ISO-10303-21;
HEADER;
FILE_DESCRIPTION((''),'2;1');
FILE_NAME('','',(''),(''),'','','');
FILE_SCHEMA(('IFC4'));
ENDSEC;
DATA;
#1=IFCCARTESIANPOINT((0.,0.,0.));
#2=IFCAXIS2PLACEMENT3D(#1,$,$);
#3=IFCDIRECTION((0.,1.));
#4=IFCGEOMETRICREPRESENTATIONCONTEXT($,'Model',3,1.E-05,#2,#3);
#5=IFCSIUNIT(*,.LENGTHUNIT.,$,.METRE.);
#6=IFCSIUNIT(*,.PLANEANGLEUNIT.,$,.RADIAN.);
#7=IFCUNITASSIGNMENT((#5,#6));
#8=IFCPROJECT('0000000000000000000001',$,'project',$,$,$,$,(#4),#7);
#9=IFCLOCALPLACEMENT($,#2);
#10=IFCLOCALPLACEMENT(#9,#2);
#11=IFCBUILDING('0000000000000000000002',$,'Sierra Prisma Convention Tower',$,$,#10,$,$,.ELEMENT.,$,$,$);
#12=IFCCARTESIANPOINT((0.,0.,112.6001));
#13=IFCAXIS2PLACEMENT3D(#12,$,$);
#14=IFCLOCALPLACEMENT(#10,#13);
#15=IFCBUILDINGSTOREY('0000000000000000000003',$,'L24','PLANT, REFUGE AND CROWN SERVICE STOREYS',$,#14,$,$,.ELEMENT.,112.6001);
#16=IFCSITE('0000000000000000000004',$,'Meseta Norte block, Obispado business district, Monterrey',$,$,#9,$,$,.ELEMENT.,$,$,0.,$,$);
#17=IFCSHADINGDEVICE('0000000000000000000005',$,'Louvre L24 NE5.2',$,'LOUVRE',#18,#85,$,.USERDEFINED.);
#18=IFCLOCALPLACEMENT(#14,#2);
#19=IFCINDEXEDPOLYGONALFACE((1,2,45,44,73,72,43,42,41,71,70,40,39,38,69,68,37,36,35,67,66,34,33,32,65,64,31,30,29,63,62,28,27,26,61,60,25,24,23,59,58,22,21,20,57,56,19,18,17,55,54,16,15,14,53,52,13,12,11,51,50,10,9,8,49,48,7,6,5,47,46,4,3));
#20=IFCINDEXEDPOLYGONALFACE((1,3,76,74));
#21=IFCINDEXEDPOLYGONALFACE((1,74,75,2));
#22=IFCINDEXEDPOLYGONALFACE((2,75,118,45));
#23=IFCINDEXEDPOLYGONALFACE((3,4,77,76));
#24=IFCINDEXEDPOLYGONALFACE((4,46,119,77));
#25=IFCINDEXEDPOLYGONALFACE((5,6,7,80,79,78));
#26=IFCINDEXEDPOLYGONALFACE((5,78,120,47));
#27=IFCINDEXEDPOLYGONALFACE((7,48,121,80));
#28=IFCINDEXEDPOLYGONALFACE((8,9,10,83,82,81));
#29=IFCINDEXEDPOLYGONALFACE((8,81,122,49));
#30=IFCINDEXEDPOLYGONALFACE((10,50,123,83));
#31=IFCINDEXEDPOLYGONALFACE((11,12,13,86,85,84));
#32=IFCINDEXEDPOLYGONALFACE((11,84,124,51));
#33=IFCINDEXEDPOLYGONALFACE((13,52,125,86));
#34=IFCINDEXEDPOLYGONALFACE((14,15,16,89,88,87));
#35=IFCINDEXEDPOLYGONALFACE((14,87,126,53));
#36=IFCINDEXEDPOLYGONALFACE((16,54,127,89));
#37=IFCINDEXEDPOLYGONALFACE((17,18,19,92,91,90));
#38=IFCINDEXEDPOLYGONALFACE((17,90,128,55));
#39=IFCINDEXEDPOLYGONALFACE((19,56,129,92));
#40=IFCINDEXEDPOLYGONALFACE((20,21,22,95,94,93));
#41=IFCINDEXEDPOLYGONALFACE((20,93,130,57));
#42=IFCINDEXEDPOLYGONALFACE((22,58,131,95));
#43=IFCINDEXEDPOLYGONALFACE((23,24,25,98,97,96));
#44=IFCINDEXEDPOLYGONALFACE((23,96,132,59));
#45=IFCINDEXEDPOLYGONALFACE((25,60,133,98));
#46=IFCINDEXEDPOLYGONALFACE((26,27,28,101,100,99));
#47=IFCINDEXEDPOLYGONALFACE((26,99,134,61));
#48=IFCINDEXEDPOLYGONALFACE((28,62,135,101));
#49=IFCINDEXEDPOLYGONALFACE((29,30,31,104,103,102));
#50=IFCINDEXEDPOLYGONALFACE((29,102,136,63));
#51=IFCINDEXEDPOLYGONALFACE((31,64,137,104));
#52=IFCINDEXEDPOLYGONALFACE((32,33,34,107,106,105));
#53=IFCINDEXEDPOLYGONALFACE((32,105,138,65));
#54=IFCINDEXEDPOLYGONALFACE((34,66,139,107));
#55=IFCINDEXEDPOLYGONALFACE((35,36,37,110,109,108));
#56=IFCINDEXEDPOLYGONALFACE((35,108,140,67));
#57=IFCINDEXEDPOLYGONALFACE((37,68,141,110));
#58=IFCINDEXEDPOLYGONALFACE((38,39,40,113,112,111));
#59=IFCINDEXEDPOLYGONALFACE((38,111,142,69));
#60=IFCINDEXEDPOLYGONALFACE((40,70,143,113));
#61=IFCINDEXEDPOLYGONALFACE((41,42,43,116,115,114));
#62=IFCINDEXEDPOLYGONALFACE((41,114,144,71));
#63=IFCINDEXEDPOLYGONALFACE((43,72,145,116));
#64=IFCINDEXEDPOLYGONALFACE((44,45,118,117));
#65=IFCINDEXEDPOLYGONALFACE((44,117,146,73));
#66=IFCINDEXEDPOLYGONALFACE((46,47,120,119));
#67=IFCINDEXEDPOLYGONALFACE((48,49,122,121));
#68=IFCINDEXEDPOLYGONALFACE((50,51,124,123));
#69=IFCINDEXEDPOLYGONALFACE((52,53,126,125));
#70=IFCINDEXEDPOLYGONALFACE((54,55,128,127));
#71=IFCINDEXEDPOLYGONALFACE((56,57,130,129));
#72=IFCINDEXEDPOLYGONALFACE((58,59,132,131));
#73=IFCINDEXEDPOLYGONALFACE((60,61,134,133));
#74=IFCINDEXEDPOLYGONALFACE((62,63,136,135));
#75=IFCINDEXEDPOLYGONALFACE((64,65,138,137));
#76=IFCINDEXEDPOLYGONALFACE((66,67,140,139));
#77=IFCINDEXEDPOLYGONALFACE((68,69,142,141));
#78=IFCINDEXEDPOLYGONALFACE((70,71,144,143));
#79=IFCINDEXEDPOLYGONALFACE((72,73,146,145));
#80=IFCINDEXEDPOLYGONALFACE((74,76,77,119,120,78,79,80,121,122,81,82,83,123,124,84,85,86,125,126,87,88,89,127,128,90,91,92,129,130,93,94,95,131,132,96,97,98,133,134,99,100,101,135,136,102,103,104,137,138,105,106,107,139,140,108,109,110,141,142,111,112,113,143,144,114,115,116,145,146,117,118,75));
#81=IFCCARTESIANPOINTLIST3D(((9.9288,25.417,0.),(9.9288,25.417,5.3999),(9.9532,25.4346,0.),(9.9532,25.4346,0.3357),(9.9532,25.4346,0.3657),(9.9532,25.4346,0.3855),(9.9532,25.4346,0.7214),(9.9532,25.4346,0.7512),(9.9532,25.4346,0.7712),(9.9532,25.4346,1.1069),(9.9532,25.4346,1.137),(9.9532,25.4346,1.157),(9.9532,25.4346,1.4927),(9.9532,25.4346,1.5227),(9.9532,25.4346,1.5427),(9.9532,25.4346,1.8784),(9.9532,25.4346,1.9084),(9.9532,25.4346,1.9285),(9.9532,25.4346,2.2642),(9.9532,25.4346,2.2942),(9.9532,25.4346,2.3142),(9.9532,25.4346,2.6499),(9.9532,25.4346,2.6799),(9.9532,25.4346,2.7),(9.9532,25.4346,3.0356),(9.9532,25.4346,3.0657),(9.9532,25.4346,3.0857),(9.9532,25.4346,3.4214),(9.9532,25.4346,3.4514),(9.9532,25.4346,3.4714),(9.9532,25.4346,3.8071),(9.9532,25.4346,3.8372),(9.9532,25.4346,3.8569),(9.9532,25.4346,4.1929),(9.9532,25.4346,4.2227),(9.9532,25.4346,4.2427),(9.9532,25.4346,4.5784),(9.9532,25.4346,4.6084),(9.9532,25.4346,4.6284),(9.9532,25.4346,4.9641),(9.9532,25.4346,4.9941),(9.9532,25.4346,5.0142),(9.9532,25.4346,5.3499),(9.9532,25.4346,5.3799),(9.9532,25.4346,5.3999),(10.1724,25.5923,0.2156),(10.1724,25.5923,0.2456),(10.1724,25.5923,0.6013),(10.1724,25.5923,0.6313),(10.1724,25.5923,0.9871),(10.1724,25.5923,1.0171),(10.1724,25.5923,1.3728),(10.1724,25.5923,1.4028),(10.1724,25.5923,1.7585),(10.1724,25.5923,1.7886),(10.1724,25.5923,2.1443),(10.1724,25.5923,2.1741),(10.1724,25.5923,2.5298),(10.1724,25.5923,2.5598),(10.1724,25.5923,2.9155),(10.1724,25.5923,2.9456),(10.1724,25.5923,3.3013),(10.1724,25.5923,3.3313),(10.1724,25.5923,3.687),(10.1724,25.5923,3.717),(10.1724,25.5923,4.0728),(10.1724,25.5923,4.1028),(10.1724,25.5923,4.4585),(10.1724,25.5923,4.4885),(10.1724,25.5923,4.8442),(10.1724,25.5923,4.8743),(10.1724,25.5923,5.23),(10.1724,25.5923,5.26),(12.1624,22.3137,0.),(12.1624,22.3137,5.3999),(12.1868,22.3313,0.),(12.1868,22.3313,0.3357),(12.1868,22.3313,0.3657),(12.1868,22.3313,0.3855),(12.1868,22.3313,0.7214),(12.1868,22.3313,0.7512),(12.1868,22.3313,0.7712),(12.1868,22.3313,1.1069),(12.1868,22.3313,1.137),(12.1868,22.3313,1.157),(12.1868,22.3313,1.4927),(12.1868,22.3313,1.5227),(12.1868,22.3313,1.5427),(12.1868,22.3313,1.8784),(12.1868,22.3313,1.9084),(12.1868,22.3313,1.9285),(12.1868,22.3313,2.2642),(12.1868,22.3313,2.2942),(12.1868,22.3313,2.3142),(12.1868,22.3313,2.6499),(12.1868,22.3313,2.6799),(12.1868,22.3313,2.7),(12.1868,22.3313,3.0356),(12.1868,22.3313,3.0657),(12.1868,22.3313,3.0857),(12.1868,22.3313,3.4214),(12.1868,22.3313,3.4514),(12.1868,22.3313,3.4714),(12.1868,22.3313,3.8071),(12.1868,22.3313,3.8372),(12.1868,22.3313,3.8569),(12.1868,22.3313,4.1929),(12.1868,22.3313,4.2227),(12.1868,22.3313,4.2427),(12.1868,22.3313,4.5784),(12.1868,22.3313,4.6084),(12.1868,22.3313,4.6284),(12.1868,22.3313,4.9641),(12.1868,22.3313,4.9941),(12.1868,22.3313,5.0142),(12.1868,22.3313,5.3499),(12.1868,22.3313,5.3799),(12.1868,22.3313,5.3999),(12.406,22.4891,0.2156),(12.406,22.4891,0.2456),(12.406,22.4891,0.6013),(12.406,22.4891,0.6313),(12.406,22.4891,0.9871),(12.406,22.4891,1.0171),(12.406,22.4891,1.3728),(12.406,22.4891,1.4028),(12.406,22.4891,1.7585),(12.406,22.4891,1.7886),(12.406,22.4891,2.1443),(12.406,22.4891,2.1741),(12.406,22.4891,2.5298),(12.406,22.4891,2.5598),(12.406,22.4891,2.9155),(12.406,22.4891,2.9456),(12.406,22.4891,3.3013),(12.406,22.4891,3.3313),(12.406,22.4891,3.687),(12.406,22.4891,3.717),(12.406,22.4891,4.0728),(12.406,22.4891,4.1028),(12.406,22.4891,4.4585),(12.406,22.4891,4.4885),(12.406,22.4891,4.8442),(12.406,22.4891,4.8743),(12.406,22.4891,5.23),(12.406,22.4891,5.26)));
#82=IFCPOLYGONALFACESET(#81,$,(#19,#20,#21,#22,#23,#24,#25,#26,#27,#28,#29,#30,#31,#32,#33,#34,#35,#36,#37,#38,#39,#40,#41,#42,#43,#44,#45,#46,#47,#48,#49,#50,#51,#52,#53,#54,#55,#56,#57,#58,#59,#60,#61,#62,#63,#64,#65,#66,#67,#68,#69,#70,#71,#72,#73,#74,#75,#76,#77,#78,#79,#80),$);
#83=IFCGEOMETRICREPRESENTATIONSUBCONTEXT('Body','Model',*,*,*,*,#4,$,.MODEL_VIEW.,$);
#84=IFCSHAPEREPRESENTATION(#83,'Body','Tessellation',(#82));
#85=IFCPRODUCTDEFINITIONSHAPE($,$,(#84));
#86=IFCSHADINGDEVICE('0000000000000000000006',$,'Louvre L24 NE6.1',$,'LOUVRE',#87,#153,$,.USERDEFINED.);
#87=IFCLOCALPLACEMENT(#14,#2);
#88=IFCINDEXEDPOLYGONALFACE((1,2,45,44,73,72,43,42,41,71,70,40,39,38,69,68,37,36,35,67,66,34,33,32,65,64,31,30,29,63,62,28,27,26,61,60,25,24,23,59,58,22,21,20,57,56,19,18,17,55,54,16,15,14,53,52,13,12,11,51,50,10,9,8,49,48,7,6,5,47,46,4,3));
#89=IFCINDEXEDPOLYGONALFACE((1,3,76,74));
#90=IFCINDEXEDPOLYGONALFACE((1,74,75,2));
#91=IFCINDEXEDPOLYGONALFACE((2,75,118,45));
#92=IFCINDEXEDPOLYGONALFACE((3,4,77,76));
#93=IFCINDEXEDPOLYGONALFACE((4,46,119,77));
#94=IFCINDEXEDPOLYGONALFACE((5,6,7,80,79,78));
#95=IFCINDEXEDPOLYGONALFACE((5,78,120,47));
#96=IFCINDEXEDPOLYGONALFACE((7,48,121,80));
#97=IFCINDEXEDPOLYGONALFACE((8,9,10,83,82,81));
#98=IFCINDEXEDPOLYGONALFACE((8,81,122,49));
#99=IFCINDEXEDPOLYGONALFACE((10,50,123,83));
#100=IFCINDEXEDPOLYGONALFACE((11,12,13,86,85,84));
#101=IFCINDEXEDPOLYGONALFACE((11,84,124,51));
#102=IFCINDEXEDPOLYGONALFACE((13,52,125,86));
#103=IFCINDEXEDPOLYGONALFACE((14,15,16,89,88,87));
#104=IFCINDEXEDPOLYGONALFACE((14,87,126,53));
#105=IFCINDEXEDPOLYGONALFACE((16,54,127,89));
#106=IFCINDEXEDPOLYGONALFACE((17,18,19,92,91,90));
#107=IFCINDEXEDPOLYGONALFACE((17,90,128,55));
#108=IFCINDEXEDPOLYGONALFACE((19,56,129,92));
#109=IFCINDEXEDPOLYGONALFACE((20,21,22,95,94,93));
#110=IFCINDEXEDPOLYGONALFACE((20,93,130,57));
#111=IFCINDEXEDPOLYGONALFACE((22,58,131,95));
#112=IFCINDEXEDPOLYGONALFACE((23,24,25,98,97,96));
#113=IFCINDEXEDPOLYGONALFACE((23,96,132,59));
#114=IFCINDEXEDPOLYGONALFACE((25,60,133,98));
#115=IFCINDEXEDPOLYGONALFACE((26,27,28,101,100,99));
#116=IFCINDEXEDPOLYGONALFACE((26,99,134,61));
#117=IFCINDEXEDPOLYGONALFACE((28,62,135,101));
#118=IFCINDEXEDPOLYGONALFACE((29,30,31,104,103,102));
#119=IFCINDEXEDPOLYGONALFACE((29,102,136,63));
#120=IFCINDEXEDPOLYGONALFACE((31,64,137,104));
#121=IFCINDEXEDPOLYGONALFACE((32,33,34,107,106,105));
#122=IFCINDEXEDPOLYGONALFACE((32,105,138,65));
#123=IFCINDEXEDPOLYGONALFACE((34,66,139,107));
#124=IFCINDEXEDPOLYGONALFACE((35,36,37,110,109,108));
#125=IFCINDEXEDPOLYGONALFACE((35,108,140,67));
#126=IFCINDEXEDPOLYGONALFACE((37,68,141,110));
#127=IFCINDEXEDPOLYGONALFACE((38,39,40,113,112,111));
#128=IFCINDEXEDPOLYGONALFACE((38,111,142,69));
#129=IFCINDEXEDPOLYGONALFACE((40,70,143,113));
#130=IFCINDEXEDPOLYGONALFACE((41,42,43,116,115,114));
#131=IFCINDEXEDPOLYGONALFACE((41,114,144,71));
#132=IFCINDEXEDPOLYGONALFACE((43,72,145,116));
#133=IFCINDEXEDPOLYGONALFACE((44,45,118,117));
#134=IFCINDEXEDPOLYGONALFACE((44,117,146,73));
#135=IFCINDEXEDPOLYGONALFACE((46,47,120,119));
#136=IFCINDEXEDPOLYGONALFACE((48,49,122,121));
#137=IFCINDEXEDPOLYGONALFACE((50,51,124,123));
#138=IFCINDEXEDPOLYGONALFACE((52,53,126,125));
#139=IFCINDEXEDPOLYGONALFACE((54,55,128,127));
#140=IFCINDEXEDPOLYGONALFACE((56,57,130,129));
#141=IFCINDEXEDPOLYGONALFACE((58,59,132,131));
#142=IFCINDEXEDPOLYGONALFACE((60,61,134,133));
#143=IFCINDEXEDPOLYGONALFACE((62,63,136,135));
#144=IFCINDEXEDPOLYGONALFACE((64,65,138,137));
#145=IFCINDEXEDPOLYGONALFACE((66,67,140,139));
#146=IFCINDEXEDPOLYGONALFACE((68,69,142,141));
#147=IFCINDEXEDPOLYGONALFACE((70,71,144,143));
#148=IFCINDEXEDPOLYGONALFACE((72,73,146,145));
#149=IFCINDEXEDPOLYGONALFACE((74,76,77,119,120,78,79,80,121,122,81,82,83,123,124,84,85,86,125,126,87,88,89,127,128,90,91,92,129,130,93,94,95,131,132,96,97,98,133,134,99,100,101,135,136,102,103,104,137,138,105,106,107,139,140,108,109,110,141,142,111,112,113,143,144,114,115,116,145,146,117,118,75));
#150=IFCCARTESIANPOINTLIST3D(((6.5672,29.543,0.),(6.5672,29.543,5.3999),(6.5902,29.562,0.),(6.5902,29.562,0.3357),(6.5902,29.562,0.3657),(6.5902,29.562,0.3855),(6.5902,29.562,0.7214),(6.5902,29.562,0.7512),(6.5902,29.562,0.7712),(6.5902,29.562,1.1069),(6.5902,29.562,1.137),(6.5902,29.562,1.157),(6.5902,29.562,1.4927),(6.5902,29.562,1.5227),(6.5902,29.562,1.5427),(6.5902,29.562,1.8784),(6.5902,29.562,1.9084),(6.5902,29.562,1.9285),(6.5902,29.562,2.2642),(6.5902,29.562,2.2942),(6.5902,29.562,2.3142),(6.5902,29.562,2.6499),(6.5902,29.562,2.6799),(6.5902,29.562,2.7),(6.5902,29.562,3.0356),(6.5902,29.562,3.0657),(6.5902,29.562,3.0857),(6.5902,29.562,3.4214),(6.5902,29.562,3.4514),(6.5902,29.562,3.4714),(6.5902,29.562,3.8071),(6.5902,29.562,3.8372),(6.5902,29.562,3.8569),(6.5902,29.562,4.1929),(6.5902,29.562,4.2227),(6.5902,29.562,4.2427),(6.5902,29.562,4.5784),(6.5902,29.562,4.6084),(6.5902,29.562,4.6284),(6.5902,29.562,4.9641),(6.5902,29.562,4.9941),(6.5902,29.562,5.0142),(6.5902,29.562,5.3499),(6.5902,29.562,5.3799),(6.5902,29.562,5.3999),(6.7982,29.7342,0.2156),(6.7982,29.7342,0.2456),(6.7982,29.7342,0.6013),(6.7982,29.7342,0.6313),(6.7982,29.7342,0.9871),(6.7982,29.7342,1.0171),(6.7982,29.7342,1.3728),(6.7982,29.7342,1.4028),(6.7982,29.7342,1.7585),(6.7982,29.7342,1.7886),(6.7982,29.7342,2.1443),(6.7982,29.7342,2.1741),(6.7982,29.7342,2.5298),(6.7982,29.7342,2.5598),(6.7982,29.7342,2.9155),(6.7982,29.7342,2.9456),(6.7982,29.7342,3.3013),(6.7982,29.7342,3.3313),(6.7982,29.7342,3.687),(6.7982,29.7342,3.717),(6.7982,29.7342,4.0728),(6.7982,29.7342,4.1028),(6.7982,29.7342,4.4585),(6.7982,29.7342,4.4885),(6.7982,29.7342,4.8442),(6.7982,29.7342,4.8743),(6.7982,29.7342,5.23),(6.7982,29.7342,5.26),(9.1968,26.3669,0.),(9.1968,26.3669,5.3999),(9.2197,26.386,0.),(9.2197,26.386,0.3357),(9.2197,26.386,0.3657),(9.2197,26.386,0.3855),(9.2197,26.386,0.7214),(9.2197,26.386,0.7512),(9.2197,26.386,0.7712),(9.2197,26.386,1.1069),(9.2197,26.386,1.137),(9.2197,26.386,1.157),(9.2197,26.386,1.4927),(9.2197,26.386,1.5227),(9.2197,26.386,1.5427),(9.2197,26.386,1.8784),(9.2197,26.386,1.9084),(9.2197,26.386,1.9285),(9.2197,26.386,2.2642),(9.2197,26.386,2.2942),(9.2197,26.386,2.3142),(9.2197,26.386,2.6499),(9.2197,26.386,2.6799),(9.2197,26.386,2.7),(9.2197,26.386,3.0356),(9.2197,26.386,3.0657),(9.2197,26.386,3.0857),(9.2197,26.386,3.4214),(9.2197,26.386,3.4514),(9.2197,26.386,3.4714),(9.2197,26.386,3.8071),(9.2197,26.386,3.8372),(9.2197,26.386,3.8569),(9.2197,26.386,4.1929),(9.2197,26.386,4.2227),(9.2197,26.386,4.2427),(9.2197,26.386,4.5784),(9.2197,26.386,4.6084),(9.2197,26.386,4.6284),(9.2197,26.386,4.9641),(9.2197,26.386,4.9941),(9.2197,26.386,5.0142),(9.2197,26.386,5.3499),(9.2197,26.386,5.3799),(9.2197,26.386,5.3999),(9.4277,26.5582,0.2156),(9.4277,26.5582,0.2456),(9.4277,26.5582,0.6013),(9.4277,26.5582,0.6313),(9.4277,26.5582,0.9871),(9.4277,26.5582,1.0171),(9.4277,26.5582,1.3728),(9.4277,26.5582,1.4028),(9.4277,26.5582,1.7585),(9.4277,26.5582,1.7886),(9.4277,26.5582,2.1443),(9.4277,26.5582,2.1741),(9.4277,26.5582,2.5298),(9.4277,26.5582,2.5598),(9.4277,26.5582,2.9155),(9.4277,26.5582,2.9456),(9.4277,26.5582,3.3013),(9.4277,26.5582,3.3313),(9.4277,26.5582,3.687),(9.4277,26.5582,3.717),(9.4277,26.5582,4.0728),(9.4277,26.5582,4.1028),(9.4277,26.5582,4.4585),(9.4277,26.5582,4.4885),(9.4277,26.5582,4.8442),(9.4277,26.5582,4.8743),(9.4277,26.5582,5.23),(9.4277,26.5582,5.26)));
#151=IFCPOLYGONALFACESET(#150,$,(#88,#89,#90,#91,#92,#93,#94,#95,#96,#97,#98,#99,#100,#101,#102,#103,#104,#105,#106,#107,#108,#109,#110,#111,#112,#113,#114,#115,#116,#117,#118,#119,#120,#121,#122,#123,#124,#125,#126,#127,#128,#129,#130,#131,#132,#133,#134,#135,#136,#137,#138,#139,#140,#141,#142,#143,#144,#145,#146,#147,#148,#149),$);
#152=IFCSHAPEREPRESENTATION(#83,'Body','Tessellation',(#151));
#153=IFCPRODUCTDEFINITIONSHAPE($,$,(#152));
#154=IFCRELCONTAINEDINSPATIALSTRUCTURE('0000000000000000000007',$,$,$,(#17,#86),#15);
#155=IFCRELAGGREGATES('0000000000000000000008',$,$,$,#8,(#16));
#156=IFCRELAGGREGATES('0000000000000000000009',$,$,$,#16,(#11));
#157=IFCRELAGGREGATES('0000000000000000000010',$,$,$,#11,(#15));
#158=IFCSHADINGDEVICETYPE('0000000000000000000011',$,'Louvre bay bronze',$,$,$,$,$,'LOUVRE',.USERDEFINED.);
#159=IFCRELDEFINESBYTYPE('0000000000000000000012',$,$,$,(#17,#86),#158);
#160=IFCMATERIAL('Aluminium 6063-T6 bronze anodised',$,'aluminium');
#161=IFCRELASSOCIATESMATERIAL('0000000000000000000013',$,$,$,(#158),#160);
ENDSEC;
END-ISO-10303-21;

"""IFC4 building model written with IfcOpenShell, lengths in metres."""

from ifc_helpers import new_model, si_unit, direction, frame, origin, place, context, subcontext, project, spatial, polyline, outline, extrude, material, type_object, element, save


model = new_model("IFC4")

# Units and contexts
model_context = context("Model", 3, precision=1e-05, world=origin(), true_north=direction((0.0, 1.0)))
body_context = subcontext(model_context, "Body", "Model", "MODEL_VIEW")
ifc_project = project(units=[si_unit("LENGTHUNIT", "METRE"), si_unit("PLANEANGLEUNIT", "RADIAN")], contexts=[model_context])

# Site, building, storey
site_placement = place(None, origin())
site = spatial("IfcSite", under=ifc_project, at=site_placement, Name="Meseta Norte block, Obispado business district, Monterrey", CompositionType="ELEMENT", RefElevation=0.0)
building_placement = place(site_placement, origin())
building = spatial("IfcBuilding", under=site, at=building_placement, Name="Sierra Prisma Convention Tower", CompositionType="ELEMENT")
storey_placement = place(building_placement, frame((0.0, 0.0, 112.6001)))
storey = spatial("IfcBuildingStorey", under=building, at=storey_placement, Name="L24", Description="PLANT, REFUGE AND CROWN SERVICE STOREYS", CompositionType="ELEMENT", Elevation=112.6001)

# Shading devices
ifc_material_1 = material(Name="Aluminium 6063-T6 bronze anodised", Category="aluminium")
shading_device_type = type_object("IfcShadingDeviceType", Name="Louvre bay bronze", ElementType="LOUVRE", PredefinedType="USERDEFINED", material=ifc_material_1)
shading_device_1_placement = place(storey_placement, frame((12.1624, 22.3137, 0.0), z_axis=(0.584168, -0.811633, 0.0), x_axis=(0.0, 0.0, 1.0)))
element("IfcShadingDevice", 1, at=shading_device_1_placement, inside=storey, type_object=shading_device_type, Name="Louvre L24 NE5.2", ObjectType="LOUVRE", PredefinedType="USERDEFINED", context=body_context, shape_type="SweptSolid", body=[
    extrude(outline(polyline([(0.0, 0.0), (5.3999, 0.0), (5.3999, -0.0301), (5.3799, -0.0301), (5.26, -0.3002), (5.23, -0.3002), (5.3499, -0.0301), (5.0142, -0.0301), (4.9941, -0.0301), (4.8743, -0.3002), (4.8442, -0.3002), (4.9641, -0.0301), (4.6284, -0.0301), (4.6084, -0.0301), (4.4885, -0.3002), (4.4585, -0.3002), (4.5784, -0.0301), (4.2427, -0.0301), (4.2227, -0.0301), (4.1028, -0.3002), (4.0728, -0.3002), (4.1929, -0.0301), (3.8569, -0.0301), (3.8372, -0.0301), (3.717, -0.3002), (3.687, -0.3002), (3.8071, -0.0301), (3.4714, -0.0301), (3.4514, -0.0301), (3.3313, -0.3002), (3.3013, -0.3002), (3.4214, -0.0301), (3.0857, -0.0301), (3.0657, -0.0301), (2.9456, -0.3002), (2.9155, -0.3002), (3.0356, -0.0301), (2.7, -0.0301), (2.6799, -0.0301), (2.5598, -0.3002), (2.5298, -0.3002), (2.6499, -0.0301), (2.3142, -0.0301), (2.2942, -0.0301), (2.1741, -0.3002), (2.1443, -0.3002), (2.2642, -0.0301), (1.9285, -0.0301), (1.9084, -0.0301), (1.7886, -0.3002), (1.7585, -0.3002), (1.8784, -0.0301), (1.5427, -0.0301), (1.5227, -0.0301), (1.4028, -0.3002), (1.3728, -0.3002), (1.4927, -0.0301), (1.157, -0.0301), (1.137, -0.0301), (1.0171, -0.3002), (0.9871, -0.3002), (1.1069, -0.0301), (0.7712, -0.0301), (0.7512, -0.0301), (0.6313, -0.3002), (0.6013, -0.3002), (0.7214, -0.0301), (0.3855, -0.0301), (0.3657, -0.0301), (0.2456, -0.3002), (0.2156, -0.3002), (0.3357, -0.0301), (0.0, -0.0301), (0.0, 0.0)])), origin(), (0.0, 0.0, -1.0), 3.8235),
])
shading_device_2_placement = place(storey_placement, frame((9.1968, 26.3669, 0.0), z_axis=(0.637729, -0.770261, 0.0), x_axis=(0.0, 0.0, 1.0)))
element("IfcShadingDevice", 2, at=shading_device_2_placement, inside=storey, type_object=shading_device_type, Name="Louvre L24 NE6.1", ObjectType="LOUVRE", PredefinedType="USERDEFINED", context=body_context, shape_type="SweptSolid", body=[
    extrude(outline(polyline([(0.0, 0.0), (5.3999, 0.0), (5.3999, -0.0298), (5.3799, -0.0298), (5.26, -0.2998), (5.23, -0.2998), (5.3499, -0.0298), (5.0142, -0.0298), (4.9941, -0.0298), (4.8743, -0.2998), (4.8442, -0.2998), (4.9641, -0.0298), (4.6284, -0.0298), (4.6084, -0.0298), (4.4885, -0.2998), (4.4585, -0.2998), (4.5784, -0.0298), (4.2427, -0.0298), (4.2227, -0.0298), (4.1028, -0.2998), (4.0728, -0.2998), (4.1929, -0.0298), (3.8569, -0.0298), (3.8372, -0.0298), (3.717, -0.2998), (3.687, -0.2998), (3.8071, -0.0298), (3.4714, -0.0298), (3.4514, -0.0298), (3.3313, -0.2998), (3.3013, -0.2998), (3.4214, -0.0298), (3.0857, -0.0298), (3.0657, -0.0298), (2.9456, -0.2998), (2.9155, -0.2998), (3.0356, -0.0298), (2.7, -0.0298), (2.6799, -0.0298), (2.5598, -0.2998), (2.5298, -0.2998), (2.6499, -0.0298), (2.3142, -0.0298), (2.2942, -0.0298), (2.1741, -0.2998), (2.1443, -0.2998), (2.2642, -0.0298), (1.9285, -0.0298), (1.9084, -0.0298), (1.7886, -0.2998), (1.7585, -0.2998), (1.8784, -0.0298), (1.5427, -0.0298), (1.5227, -0.0298), (1.4028, -0.2998), (1.3728, -0.2998), (1.4927, -0.0298), (1.157, -0.0298), (1.137, -0.0298), (1.0171, -0.2998), (0.9871, -0.2998), (1.1069, -0.0298), (0.7712, -0.0298), (0.7512, -0.0298), (0.6313, -0.2998), (0.6013, -0.2998), (0.7214, -0.0298), (0.3855, -0.0298), (0.3657, -0.0298), (0.2456, -0.2998), (0.2156, -0.2998), (0.3357, -0.0298), (0.0, -0.0298), (0.0, 0.0)])), origin(), (0.0, 0.0, -1.0), 4.1233),
])

save(model, "model.ifc")
